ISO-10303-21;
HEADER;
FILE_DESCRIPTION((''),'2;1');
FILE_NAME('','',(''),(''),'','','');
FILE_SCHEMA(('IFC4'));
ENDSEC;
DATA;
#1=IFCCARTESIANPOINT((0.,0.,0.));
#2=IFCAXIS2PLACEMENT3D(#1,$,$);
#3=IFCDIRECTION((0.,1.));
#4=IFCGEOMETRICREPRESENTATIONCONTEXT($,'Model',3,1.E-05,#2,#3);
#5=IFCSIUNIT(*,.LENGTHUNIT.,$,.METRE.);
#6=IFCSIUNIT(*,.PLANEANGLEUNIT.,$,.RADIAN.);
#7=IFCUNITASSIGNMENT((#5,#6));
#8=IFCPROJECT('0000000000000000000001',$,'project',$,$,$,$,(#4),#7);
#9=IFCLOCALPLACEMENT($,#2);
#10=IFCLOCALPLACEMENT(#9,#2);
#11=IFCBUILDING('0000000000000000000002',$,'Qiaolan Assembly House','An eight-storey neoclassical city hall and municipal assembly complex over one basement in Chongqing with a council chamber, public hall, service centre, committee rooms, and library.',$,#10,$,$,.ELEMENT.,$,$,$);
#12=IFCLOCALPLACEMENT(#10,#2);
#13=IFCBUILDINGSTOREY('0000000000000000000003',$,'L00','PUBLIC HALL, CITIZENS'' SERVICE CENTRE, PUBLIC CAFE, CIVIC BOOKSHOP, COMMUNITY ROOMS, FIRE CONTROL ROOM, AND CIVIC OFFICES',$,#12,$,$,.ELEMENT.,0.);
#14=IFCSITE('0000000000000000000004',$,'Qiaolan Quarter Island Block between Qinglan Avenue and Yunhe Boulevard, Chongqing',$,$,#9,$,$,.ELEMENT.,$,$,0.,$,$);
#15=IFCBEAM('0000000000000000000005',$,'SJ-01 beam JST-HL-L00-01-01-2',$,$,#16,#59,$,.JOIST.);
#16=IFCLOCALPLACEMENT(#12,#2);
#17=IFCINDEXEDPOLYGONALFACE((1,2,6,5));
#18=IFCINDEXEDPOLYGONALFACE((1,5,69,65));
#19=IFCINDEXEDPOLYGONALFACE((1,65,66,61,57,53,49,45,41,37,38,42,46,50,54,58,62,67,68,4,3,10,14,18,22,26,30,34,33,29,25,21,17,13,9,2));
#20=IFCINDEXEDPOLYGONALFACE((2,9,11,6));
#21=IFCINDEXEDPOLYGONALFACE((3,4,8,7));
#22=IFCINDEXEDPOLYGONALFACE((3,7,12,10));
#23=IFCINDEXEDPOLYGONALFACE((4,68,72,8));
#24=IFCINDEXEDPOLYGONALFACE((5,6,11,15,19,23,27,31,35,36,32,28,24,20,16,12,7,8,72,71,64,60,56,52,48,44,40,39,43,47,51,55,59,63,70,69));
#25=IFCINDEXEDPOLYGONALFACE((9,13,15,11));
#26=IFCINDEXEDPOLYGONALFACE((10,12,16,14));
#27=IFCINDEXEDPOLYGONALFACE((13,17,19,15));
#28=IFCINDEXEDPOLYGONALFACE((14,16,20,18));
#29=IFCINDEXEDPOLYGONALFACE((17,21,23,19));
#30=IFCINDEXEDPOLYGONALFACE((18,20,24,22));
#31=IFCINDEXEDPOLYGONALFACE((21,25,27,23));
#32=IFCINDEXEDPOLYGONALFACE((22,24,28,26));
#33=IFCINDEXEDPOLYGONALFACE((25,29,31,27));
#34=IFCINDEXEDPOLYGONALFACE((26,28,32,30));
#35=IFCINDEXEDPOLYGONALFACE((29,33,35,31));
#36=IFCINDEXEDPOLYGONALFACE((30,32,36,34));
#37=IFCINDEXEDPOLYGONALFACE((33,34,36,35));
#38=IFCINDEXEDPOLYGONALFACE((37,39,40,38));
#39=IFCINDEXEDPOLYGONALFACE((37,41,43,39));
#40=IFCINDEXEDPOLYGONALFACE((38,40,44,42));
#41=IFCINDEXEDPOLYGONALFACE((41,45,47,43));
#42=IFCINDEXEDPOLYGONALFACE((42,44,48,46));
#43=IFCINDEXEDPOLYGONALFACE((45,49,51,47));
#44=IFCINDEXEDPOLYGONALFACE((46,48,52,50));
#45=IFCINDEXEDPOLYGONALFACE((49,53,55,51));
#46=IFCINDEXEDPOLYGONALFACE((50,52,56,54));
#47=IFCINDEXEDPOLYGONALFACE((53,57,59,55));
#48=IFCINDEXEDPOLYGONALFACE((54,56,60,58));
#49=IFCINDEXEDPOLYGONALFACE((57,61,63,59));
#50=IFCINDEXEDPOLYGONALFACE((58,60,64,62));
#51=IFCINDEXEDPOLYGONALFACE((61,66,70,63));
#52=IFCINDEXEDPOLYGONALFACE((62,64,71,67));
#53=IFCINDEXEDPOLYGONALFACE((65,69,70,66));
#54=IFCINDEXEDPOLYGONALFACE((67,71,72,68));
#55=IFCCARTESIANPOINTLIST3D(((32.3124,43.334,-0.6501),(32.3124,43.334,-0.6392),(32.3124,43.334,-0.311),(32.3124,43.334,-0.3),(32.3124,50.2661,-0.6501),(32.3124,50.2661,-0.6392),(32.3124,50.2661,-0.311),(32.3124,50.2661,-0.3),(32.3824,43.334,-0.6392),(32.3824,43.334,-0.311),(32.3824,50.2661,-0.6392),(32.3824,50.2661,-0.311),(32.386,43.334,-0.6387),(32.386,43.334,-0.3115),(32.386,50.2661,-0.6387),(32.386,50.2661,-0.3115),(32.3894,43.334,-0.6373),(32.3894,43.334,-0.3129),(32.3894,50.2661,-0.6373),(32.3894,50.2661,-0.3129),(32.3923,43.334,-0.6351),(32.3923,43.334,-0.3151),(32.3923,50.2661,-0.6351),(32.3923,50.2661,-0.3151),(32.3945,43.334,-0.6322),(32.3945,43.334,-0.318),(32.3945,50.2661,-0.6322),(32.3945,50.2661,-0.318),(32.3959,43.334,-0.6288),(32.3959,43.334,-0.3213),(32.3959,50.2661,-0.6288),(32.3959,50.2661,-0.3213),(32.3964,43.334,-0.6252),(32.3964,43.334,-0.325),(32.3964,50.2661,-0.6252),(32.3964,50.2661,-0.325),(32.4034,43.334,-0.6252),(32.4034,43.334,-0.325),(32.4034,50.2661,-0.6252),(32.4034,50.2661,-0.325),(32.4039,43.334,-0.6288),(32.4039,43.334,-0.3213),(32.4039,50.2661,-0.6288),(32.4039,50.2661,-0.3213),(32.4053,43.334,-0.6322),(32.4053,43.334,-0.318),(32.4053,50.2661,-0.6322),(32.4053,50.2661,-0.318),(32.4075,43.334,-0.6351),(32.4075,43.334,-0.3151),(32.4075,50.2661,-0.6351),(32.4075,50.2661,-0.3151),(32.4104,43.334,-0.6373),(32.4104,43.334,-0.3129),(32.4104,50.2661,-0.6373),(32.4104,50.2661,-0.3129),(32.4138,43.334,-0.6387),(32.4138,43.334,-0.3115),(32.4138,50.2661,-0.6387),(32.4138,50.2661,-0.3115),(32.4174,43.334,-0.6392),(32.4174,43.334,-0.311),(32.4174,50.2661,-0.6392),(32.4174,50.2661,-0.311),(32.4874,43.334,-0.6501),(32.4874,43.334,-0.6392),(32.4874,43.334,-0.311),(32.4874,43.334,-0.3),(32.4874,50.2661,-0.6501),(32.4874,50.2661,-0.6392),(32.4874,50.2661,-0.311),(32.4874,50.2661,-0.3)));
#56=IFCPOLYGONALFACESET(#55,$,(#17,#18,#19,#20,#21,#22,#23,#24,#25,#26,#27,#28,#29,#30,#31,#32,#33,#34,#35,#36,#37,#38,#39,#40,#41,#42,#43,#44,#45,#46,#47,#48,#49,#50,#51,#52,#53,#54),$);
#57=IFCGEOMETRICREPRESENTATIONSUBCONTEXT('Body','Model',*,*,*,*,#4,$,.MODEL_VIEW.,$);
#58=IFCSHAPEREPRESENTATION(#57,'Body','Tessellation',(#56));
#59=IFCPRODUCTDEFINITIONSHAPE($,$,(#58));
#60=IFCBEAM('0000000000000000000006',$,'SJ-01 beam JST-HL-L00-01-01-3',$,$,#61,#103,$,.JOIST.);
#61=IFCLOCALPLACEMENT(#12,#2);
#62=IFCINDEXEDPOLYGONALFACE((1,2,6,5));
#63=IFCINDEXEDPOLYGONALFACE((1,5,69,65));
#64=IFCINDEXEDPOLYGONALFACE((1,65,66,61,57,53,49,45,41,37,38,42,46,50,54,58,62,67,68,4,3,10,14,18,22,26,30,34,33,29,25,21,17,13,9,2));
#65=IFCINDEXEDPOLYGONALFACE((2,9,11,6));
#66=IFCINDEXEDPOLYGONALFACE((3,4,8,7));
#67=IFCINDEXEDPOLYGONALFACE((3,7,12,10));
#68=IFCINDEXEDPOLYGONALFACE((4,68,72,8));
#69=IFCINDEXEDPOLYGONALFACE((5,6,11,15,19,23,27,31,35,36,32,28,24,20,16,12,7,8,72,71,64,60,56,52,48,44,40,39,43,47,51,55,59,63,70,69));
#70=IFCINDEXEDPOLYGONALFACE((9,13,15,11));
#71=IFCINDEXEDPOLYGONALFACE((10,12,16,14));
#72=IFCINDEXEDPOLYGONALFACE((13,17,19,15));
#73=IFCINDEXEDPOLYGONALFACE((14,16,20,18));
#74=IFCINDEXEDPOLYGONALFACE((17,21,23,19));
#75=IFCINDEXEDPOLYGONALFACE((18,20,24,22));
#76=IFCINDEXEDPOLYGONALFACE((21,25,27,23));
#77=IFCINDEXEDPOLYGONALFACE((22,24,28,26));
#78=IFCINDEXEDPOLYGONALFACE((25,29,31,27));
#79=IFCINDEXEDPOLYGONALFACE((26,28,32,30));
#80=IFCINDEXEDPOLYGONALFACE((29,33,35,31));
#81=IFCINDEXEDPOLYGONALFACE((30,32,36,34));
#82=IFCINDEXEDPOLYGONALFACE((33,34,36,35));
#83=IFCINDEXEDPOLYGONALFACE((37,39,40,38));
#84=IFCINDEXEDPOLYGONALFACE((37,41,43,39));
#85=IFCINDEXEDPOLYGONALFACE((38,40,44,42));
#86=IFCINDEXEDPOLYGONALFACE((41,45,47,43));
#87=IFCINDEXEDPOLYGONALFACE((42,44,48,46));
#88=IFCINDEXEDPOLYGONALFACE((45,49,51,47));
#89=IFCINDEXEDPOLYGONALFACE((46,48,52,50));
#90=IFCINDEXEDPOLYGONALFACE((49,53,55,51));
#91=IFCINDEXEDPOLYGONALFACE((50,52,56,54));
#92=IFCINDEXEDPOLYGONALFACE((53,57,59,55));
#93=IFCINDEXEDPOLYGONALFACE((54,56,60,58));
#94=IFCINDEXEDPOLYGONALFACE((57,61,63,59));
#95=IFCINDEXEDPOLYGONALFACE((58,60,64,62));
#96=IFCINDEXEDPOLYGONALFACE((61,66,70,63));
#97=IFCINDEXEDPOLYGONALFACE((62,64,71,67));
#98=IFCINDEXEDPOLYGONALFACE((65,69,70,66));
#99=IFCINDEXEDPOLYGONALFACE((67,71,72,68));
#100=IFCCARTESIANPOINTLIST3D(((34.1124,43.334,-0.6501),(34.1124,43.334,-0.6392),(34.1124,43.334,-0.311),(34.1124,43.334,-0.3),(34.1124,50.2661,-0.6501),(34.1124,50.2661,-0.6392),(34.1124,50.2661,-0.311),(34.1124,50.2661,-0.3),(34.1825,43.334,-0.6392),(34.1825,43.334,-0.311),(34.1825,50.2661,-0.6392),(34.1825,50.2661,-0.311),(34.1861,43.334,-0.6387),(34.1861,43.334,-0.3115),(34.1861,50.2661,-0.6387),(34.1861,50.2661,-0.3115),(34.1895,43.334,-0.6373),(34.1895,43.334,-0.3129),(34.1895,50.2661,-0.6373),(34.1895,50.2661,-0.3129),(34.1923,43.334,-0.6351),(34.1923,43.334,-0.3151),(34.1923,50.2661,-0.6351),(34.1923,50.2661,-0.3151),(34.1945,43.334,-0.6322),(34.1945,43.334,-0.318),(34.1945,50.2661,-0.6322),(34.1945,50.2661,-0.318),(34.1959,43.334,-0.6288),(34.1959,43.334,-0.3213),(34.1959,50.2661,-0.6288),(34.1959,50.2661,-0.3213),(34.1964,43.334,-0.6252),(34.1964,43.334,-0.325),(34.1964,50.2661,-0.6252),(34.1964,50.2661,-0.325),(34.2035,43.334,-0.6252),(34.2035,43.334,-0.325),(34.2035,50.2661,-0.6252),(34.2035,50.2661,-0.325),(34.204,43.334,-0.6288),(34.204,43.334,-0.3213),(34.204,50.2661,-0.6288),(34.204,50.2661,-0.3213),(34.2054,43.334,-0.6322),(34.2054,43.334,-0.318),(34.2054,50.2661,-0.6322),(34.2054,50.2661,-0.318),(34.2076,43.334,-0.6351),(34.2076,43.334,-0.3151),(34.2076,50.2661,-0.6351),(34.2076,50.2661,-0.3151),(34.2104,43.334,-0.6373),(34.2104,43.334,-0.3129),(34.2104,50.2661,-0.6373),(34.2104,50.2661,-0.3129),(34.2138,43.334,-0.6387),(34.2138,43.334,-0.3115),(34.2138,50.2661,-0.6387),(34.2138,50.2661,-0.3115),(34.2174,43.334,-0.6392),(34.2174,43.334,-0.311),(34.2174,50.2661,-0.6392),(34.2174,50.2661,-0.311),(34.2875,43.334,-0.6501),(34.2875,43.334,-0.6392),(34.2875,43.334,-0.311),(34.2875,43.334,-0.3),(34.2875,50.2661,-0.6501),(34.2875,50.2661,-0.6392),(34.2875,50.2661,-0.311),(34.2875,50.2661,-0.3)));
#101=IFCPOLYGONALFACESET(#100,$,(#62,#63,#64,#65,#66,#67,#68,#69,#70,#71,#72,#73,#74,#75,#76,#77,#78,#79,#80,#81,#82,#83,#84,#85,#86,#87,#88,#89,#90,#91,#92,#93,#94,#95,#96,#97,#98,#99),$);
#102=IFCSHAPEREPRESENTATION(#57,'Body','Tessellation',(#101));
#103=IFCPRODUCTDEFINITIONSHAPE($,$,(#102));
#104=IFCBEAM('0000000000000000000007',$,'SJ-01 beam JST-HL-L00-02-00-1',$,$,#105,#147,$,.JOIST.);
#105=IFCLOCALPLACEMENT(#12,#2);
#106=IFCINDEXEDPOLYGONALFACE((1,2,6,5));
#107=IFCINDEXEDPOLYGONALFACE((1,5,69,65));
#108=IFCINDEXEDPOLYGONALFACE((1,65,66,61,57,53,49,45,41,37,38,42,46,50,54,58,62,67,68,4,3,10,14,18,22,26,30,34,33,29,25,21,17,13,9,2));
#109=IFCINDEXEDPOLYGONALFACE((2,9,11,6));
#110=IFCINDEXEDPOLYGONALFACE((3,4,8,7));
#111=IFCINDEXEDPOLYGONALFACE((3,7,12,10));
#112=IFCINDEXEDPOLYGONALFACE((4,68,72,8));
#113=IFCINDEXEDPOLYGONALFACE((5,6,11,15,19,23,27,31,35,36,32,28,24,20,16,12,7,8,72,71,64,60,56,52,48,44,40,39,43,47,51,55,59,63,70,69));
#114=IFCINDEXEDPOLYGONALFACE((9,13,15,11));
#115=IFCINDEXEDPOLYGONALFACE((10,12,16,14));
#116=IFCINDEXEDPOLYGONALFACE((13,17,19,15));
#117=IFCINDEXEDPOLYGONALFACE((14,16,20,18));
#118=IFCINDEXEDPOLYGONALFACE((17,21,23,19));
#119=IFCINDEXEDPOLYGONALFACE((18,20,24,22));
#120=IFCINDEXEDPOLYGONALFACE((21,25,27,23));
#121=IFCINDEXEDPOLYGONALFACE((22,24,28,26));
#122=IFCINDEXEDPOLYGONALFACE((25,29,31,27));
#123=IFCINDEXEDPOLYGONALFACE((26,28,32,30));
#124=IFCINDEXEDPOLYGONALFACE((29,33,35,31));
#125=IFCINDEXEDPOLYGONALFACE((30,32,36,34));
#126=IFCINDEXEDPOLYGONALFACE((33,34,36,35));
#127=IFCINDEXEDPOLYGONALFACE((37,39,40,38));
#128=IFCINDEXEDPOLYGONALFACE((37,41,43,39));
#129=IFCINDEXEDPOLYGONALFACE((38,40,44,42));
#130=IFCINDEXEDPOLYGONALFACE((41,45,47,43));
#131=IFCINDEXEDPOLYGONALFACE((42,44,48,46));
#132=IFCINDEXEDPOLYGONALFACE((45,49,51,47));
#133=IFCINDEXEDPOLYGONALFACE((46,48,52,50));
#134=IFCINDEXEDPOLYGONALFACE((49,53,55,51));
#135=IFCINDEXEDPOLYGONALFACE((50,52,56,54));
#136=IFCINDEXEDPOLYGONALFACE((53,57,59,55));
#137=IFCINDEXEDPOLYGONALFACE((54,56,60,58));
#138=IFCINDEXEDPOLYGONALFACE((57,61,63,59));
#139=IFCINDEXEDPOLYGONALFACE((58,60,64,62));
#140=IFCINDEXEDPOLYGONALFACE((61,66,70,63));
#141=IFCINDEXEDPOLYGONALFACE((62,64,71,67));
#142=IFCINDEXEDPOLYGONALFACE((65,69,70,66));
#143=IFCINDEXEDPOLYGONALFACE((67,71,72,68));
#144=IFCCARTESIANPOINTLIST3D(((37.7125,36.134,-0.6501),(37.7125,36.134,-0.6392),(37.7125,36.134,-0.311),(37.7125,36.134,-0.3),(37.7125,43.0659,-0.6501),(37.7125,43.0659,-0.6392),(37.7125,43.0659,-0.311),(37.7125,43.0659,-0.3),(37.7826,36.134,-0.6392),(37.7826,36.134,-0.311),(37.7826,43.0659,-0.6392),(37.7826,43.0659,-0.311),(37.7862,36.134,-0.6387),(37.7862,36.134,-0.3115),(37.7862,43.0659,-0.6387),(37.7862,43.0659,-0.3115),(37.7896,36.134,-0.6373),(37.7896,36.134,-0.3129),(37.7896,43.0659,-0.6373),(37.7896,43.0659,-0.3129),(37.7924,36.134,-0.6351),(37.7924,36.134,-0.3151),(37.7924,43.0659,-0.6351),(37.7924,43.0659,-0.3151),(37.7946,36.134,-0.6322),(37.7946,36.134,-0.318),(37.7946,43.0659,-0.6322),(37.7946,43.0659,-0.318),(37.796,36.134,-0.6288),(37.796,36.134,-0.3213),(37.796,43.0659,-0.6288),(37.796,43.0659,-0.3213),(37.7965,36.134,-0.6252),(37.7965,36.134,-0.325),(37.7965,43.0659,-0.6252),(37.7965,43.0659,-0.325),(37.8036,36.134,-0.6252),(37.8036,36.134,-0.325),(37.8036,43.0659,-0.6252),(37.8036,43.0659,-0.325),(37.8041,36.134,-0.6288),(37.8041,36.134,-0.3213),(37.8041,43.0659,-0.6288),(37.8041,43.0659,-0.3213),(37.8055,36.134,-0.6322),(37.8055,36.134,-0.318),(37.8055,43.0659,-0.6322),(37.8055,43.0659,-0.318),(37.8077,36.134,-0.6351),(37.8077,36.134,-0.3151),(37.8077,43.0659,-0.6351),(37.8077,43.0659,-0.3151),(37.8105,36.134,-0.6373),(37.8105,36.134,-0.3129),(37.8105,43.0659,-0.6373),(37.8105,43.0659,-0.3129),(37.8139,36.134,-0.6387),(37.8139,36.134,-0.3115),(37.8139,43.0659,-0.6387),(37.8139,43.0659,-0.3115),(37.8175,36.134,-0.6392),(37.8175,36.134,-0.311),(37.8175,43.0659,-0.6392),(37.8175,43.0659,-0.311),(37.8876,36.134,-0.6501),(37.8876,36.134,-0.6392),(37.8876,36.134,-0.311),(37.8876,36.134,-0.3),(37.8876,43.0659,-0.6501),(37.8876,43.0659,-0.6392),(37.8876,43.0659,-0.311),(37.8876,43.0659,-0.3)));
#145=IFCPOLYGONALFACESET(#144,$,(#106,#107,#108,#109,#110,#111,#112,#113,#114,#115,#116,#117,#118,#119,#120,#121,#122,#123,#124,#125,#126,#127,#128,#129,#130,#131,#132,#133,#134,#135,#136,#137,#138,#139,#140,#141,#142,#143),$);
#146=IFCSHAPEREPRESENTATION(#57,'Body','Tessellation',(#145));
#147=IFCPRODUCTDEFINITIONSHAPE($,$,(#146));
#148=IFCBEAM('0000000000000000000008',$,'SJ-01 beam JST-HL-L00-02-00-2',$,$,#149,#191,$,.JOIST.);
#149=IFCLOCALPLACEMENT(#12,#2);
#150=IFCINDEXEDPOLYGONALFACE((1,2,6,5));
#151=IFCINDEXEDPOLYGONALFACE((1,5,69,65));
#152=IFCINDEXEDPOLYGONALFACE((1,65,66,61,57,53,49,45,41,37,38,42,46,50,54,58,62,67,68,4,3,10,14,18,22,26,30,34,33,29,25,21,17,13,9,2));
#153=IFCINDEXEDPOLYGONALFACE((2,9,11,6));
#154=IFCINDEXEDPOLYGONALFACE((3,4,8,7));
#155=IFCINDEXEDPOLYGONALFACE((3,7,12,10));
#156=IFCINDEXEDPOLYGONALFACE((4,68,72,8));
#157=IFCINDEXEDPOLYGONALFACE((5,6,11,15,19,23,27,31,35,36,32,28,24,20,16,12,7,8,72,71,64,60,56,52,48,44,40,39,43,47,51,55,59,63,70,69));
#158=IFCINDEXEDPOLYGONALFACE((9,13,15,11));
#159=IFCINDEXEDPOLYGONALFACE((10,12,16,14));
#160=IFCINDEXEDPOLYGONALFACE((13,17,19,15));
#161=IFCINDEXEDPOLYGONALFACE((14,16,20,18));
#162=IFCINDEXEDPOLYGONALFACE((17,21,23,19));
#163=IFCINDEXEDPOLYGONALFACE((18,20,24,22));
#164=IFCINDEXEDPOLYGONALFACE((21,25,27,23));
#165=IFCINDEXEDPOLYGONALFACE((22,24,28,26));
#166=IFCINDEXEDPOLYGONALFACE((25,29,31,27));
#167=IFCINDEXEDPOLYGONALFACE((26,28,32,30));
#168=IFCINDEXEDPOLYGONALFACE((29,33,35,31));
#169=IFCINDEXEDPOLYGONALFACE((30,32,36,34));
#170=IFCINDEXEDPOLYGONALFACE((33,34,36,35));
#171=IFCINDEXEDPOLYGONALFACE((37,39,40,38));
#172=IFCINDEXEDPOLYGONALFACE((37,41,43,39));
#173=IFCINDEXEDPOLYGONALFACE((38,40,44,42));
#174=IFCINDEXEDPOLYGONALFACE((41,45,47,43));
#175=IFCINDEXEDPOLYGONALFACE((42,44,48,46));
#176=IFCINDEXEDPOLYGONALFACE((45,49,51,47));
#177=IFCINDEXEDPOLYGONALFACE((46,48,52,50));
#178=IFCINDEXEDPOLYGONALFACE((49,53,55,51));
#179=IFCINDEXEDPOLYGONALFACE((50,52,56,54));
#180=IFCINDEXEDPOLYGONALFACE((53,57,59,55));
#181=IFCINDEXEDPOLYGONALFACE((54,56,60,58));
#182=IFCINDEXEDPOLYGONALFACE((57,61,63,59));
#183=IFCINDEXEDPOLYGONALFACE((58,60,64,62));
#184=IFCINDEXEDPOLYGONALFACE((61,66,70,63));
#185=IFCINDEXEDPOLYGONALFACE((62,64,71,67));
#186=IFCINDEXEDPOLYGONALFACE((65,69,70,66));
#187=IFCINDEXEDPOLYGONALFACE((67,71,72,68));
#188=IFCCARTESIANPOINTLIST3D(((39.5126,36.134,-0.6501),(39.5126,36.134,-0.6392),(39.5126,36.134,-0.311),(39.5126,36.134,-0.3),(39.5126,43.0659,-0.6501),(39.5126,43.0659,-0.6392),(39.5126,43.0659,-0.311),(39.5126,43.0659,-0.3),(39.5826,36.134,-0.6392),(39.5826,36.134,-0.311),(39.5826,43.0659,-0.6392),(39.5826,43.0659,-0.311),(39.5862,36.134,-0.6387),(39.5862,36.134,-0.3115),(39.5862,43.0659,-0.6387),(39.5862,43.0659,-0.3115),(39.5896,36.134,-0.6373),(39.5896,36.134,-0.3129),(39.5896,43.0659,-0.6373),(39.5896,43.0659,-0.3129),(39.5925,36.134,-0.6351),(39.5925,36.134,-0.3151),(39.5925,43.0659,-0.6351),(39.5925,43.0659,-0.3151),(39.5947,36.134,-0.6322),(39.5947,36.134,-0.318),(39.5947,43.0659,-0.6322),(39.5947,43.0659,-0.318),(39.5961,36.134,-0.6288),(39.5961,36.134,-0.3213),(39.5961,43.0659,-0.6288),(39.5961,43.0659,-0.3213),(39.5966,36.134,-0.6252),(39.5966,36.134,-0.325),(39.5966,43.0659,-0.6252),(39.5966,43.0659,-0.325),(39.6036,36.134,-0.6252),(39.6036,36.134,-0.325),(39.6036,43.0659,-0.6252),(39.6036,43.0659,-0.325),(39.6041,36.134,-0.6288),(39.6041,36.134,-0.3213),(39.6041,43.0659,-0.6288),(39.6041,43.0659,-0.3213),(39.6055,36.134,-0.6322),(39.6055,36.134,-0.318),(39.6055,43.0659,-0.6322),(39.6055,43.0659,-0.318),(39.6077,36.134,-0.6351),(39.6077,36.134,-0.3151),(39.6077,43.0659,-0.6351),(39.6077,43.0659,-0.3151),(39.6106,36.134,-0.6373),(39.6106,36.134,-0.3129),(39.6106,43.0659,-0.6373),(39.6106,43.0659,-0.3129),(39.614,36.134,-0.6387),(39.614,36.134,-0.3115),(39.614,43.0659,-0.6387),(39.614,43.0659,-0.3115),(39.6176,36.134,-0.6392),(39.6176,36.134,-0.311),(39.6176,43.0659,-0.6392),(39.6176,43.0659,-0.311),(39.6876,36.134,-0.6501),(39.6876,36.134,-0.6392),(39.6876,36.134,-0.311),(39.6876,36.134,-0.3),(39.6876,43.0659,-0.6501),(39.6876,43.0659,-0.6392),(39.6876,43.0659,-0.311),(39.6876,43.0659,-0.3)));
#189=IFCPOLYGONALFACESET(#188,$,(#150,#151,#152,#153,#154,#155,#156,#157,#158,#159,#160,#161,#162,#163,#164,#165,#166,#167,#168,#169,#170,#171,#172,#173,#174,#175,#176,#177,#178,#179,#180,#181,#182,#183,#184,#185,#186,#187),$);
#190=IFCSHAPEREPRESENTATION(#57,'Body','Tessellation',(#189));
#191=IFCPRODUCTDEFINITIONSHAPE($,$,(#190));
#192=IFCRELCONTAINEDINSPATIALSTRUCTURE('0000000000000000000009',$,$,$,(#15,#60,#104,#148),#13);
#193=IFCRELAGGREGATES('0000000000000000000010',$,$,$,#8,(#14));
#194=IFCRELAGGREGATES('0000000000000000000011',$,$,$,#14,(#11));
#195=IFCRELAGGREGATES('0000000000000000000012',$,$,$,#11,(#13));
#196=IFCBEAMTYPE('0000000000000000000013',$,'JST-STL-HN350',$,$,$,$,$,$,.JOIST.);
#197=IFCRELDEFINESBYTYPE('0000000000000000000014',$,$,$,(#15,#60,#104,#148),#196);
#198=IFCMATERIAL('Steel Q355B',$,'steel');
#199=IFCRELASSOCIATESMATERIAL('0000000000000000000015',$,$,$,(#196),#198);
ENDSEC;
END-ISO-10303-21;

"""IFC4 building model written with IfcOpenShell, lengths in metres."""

from ifc_helpers import new_model, si_unit, direction, frame, origin, origin_2d, place, context, subcontext, project, spatial, i_section, extrude, material, material_profile, profile_set, type_object, element, save


model = new_model("IFC4")

# Units and contexts
model_context = context("Model", 3, precision=1e-05, world=origin(), true_north=direction((0.0, 1.0)))
body_context = subcontext(model_context, "Body", "Model", "MODEL_VIEW")
ifc_project = project(units=[si_unit("LENGTHUNIT", "METRE"), si_unit("PLANEANGLEUNIT", "RADIAN")], contexts=[model_context])

# Site, building, storey
site_placement = place(None, origin())
site = spatial("IfcSite", under=ifc_project, at=site_placement, Name="Qiaolan Quarter Island Block between Qinglan Avenue and Yunhe Boulevard, Chongqing", CompositionType="ELEMENT", RefElevation=0.0)
building_placement = place(site_placement, origin())
building = spatial("IfcBuilding", under=site, at=building_placement, Name="Qiaolan Assembly House", Description="An eight-storey neoclassical city hall and municipal assembly complex over one basement in Chongqing with a council chamber, public hall, service centre, committee rooms, and library.", CompositionType="ELEMENT")
storey_placement = place(building_placement, origin())
storey = spatial("IfcBuildingStorey", under=building, at=storey_placement, Name="L00", Description="PUBLIC HALL, CITIZENS' SERVICE CENTRE, PUBLIC CAFE, CIVIC BOOKSHOP, COMMUNITY ROOMS, FIRE CONTROL ROOM, AND CIVIC OFFICES", CompositionType="ELEMENT", Elevation=0.0)

# Shared definitions
ifc_material_1 = material(Name="Steel Q355B", Category="steel")

# Beams
ifc_material_profile_1 = material_profile(ifc_material_1, i_section(OverallWidth=0.175, OverallDepth=0.3501, WebThickness=0.0071, FlangeThickness=0.011, FilletRadius=0.0139, at=origin_2d()), Name="HN 350x175x7x11")
ifc_profile_set_1 = profile_set([ifc_material_profile_1], Name="Steel Q355B")
beam_type_1 = type_object("IfcBeamType", Name="JST-STL-HN350", PredefinedType="JOIST", material=ifc_profile_set_1)
for number, where, z_axis, x_axis, name in (
    (1, (32.3999, 43.334, -0.4751), (0.0, 1.0, 0.0), (-1.0, 0.0, 0.0), "SJ-01 beam JST-HL-L00-01-01-2"),
    (2, (34.2, 43.334, -0.4751), (0.0, 1.0, 0.0), (-1.0, 0.0, 0.0), "SJ-01 beam JST-HL-L00-01-01-3"),
):
    element("IfcBeam", number, at=place(storey_placement, frame(where, z_axis=z_axis, x_axis=x_axis)), inside=storey, type_object=beam_type_1, Name=name, PredefinedType="JOIST", context=body_context, shape_type="SweptSolid", body=[
        extrude(i_section(OverallWidth=0.175, OverallDepth=0.3501, WebThickness=0.0071, FlangeThickness=0.011, FilletRadius=0.0139, at=origin_2d()), origin(), (0.0, 0.0, 1.0), 6.9321),
    ])
for number, where, z_axis, x_axis, name in (
    (3, (37.8, 36.134, -0.4751), (0.0, 1.0, 0.0), (-1.0, 0.0, 0.0), "SJ-01 beam JST-HL-L00-02-00-1"),
    (4, (39.6001, 36.134, -0.4751), (0.0, 1.0, 0.0), (-1.0, 0.0, 0.0), "SJ-01 beam JST-HL-L00-02-00-2"),
):
    element("IfcBeam", number, at=place(storey_placement, frame(where, z_axis=z_axis, x_axis=x_axis)), inside=storey, type_object=beam_type_1, Name=name, PredefinedType="JOIST", context=body_context, shape_type="SweptSolid", body=[
        extrude(i_section(OverallWidth=0.175, OverallDepth=0.3501, WebThickness=0.0071, FlangeThickness=0.011, FilletRadius=0.0139, at=origin_2d()), origin(), (0.0, 0.0, 1.0), 6.9319),
    ])

save(model, "model.ifc")
